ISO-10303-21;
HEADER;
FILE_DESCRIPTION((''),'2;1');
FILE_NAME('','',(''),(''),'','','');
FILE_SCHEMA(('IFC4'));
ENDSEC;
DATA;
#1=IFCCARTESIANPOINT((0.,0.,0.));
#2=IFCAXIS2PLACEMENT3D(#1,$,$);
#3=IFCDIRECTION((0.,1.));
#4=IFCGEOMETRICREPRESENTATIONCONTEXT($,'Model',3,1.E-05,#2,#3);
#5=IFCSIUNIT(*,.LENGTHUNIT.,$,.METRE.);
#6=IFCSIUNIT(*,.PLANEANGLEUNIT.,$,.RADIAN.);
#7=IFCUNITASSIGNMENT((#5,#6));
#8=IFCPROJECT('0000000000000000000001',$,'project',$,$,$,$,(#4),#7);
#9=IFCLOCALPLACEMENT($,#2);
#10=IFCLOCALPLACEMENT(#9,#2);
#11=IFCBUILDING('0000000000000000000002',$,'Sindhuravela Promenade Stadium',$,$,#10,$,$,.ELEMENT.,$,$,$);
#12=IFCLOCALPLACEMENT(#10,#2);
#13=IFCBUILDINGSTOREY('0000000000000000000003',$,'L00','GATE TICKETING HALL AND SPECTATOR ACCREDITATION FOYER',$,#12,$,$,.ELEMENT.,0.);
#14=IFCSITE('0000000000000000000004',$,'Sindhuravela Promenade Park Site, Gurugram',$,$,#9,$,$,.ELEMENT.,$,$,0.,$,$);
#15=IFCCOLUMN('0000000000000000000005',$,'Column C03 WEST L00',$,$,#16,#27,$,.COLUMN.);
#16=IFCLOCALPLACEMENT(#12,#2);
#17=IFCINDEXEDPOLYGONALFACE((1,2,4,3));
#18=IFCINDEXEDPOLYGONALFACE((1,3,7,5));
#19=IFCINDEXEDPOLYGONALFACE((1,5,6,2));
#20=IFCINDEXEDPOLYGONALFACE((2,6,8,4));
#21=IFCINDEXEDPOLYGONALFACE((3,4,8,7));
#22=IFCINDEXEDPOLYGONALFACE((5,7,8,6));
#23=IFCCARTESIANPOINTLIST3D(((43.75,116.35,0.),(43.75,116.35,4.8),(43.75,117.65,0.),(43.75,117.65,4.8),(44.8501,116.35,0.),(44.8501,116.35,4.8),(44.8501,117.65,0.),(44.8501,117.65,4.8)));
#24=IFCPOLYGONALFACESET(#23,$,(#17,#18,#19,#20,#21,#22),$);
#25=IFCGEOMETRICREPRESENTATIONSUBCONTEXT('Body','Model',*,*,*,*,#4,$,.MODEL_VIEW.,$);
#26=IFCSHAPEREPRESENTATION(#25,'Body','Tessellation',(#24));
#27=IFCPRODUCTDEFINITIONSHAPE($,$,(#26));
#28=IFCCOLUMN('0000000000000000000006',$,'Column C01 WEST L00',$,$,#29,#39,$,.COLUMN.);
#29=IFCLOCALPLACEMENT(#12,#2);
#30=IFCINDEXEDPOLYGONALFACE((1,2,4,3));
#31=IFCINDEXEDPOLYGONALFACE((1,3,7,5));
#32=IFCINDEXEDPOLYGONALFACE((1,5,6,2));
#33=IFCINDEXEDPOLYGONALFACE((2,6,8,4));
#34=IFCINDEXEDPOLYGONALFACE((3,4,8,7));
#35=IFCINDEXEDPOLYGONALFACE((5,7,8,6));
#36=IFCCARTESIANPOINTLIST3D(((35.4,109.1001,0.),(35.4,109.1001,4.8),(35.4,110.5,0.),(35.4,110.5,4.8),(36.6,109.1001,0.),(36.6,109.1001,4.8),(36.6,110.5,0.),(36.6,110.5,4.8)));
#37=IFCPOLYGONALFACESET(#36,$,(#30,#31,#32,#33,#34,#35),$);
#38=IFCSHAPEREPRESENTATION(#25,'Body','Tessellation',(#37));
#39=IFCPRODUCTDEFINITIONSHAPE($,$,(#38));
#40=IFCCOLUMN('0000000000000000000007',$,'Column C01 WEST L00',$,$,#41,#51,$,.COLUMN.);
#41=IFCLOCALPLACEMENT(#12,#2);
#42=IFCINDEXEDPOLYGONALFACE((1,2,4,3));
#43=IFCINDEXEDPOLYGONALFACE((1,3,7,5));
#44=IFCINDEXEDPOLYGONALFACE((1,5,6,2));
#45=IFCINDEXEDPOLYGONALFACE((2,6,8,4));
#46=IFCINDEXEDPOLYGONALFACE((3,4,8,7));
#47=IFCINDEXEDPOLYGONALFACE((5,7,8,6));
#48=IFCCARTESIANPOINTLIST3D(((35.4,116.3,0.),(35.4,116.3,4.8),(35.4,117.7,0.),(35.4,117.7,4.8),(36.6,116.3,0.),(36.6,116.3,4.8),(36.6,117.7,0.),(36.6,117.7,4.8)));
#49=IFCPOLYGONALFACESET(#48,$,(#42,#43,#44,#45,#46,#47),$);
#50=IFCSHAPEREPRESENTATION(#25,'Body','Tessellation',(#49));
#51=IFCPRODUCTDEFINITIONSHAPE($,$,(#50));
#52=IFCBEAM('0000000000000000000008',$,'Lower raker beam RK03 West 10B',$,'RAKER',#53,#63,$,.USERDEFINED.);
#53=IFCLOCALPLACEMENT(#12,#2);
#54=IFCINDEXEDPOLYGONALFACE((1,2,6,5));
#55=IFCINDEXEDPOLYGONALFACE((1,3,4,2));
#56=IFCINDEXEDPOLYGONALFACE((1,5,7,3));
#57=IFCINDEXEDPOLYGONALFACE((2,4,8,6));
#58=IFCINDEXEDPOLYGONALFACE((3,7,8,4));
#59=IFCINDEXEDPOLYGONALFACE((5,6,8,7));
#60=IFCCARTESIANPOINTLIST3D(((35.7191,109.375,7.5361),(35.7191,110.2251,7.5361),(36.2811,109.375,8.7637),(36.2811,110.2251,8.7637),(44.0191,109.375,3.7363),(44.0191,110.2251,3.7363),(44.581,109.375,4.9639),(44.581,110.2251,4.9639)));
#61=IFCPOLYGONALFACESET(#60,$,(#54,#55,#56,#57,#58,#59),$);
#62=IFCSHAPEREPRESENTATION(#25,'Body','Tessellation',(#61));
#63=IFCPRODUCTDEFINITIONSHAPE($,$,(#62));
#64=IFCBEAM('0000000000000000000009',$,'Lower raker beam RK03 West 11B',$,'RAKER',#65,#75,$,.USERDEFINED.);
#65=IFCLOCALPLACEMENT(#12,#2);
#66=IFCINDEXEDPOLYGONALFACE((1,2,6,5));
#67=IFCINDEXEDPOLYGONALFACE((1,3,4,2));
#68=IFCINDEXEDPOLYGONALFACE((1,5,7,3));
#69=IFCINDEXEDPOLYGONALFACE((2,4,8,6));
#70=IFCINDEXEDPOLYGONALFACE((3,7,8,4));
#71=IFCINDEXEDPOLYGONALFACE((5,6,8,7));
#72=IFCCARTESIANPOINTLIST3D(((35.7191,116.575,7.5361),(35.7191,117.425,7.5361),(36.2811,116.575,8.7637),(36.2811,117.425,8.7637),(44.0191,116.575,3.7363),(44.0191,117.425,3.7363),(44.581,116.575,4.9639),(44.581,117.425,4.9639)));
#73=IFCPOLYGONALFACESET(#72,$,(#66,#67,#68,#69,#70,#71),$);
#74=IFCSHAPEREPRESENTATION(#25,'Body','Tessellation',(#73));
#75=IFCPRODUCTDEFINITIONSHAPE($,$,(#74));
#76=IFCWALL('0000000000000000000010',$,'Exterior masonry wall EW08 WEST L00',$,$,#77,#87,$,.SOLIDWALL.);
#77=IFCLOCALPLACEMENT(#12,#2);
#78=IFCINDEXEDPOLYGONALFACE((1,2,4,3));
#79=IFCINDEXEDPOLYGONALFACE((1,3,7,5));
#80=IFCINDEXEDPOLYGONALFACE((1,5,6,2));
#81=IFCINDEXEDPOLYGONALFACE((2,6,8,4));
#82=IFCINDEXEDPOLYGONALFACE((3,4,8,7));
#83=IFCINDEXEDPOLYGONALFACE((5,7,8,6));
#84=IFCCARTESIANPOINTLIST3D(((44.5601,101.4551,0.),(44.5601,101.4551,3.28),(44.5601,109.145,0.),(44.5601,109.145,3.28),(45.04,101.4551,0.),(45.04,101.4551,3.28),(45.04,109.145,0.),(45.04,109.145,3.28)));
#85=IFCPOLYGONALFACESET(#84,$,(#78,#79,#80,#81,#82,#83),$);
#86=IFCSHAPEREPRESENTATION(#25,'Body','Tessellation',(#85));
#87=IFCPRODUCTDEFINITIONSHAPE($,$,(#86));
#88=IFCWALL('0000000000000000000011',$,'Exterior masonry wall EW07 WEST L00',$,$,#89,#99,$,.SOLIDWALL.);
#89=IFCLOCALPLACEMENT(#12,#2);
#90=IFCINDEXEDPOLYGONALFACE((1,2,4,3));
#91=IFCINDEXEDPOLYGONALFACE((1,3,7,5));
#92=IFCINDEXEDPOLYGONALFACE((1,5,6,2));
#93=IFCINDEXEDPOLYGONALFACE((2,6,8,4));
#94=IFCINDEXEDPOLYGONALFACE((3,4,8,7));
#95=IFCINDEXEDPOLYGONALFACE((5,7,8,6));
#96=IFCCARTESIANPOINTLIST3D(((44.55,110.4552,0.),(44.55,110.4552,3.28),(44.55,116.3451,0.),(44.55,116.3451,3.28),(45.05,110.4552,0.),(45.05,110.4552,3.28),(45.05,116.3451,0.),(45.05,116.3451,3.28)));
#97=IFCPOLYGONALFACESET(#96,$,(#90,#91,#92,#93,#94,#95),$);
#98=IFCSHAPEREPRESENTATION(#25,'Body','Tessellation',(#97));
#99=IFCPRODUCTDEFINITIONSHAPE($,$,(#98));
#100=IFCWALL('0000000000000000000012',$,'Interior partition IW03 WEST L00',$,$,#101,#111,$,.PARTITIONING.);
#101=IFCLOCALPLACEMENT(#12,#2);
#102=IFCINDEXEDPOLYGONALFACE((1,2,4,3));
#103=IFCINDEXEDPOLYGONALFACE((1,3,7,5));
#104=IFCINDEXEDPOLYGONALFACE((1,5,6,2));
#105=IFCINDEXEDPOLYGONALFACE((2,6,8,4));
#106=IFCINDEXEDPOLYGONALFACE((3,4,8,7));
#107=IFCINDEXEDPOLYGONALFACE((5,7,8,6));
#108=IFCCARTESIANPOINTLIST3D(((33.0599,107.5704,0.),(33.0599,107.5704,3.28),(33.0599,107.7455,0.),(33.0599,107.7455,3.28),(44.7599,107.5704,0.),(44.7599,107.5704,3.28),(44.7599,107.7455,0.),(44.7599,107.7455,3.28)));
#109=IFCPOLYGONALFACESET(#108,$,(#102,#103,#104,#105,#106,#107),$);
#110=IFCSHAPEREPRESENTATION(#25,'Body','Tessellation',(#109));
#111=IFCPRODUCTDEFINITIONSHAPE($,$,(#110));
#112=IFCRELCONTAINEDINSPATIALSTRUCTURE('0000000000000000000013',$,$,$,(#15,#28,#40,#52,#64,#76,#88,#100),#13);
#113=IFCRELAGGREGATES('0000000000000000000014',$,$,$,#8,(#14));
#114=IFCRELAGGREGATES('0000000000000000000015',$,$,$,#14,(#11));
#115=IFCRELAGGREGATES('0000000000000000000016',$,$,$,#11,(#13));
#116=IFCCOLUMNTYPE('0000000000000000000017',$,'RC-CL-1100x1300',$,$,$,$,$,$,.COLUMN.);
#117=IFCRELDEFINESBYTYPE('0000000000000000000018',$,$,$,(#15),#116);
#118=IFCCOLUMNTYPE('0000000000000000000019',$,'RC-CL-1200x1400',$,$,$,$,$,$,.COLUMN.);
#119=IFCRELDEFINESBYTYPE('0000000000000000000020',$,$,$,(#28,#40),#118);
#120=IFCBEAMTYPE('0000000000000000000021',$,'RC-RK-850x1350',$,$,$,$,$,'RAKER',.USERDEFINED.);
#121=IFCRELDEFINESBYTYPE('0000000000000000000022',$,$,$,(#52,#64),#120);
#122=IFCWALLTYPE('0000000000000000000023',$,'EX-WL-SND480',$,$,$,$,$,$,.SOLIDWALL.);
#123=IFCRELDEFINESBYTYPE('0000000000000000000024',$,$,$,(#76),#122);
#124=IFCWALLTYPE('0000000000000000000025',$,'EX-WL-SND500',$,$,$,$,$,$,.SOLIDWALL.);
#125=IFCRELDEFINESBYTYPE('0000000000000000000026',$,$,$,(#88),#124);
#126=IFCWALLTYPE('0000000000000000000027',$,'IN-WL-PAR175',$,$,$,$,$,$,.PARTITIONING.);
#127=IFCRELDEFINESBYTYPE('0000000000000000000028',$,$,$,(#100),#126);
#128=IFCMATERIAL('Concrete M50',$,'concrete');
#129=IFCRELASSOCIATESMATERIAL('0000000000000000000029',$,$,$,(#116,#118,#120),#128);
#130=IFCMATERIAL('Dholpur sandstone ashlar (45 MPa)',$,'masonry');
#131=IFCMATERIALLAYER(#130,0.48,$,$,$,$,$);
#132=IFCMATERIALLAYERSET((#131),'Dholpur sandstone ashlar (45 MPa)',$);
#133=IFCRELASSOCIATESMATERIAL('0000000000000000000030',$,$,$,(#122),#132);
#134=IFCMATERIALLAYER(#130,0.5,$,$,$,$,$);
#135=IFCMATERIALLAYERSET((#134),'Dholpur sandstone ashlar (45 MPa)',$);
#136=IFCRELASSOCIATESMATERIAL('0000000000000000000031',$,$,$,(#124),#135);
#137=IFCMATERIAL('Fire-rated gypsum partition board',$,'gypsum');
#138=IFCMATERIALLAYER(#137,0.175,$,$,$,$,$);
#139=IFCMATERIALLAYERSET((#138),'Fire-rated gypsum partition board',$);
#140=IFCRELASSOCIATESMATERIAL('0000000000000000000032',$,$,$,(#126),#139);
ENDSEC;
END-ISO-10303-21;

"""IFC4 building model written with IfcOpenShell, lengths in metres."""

from ifc_helpers import new_model, si_unit, direction, frame, frame_2d, origin, origin_2d, place, context, subcontext, project, spatial, rectangle, extrude, material, layer, layer_set, material_profile, profile_set, type_object, element, save


model = new_model("IFC4")

# Units and contexts
model_context = context("Model", 3, precision=1e-05, world=origin(), true_north=direction((0.0, 1.0)))
body_context = subcontext(model_context, "Body", "Model", "MODEL_VIEW")
ifc_project = project(units=[si_unit("LENGTHUNIT", "METRE"), si_unit("PLANEANGLEUNIT", "RADIAN")], contexts=[model_context])

# Site, building, storey
site_placement = place(None, origin())
site = spatial("IfcSite", under=ifc_project, at=site_placement, Name="Sindhuravela Promenade Park Site, Gurugram", CompositionType="ELEMENT", RefElevation=0.0)
building_placement = place(site_placement, origin())
building = spatial("IfcBuilding", under=site, at=building_placement, Name="Sindhuravela Promenade Stadium", CompositionType="ELEMENT")
storey_placement = place(building_placement, origin())
storey = spatial("IfcBuildingStorey", under=building, at=storey_placement, Name="L00", Description="GATE TICKETING HALL AND SPECTATOR ACCREDITATION FOYER", CompositionType="ELEMENT", Elevation=0.0)

# Shared definitions
ifc_material_1 = material(Name="Concrete M50", Category="concrete")

# Columns
ifc_material_profile_1 = material_profile(ifc_material_1, rectangle(XDim=1.1001, YDim=1.3, at=origin_2d()), Name="RC 1100x1300")
ifc_profile_set_1 = profile_set([ifc_material_profile_1], Name="Concrete M50")
column_type_1 = type_object("IfcColumnType", Name="RC-CL-1100x1300", PredefinedType="COLUMN", material=ifc_profile_set_1)
for number, where, z_axis, x_axis, name in (
    (1, (44.3, 117.0, 0.0), (0.0, 0.0, 1.0), (1.0, 0.0, 0.0), "Column C03 WEST L00"),
):
    element("IfcColumn", number, at=place(storey_placement, frame(where, z_axis=z_axis, x_axis=x_axis)), inside=storey, type_object=column_type_1, Name=name, PredefinedType="COLUMN", context=body_context, shape_type="SweptSolid", body=[
        extrude(rectangle(XDim=1.1001, YDim=1.3, at=origin_2d()), origin(), (0.0, 0.0, 1.0), 4.8),
    ])
ifc_material_profile_2 = material_profile(ifc_material_1, rectangle(XDim=1.2, YDim=1.3999, at=origin_2d()), Name="RC 1200x1400")
ifc_profile_set_2 = profile_set([ifc_material_profile_2], Name="Concrete M50")
column_type_2 = type_object("IfcColumnType", Name="RC-CL-1200x1400", PredefinedType="COLUMN", material=ifc_profile_set_2)
for number, where, z_axis, x_axis, name in (
    (2, (36.0, 109.8, 0.0), (0.0, 0.0, 1.0), (1.0, 0.0, 0.0), "Column C01 WEST L00"),
    (3, (36.0, 117.0, 0.0), (0.0, 0.0, 1.0), (1.0, 0.0, 0.0), "Column C01 WEST L00"),
):
    element("IfcColumn", number, at=place(storey_placement, frame(where, z_axis=z_axis, x_axis=x_axis)), inside=storey, type_object=column_type_2, Name=name, PredefinedType="COLUMN", context=body_context, shape_type="SweptSolid", body=[
        extrude(rectangle(XDim=1.2, YDim=1.3999, at=origin_2d()), origin(), (0.0, 0.0, 1.0), 4.8),
    ])

# Beams
ifc_material_profile_3 = material_profile(ifc_material_1, rectangle(XDim=0.8501, YDim=1.3501, at=origin_2d()), Name="RC 850x1350")
ifc_profile_set_3 = profile_set([ifc_material_profile_3], Name="Concrete M50")
beam_type = type_object("IfcBeamType", Name="RC-RK-850x1350", ElementType="RAKER", PredefinedType="USERDEFINED", material=ifc_profile_set_3)
for number, where, z_axis, x_axis, name in (
    (4, (44.3, 109.8, 4.3501), (-0.909247, 0.0, 0.416258), (0.0, -1.0, 0.0), "Lower raker beam RK03 West 10B"),
    (5, (44.3, 117.0, 4.3501), (-0.909247, 0.0, 0.416258), (0.0, -1.0, 0.0), "Lower raker beam RK03 West 11B"),
):
    element("IfcBeam", number, at=place(storey_placement, frame(where, z_axis=z_axis, x_axis=x_axis)), inside=storey, type_object=beam_type, Name=name, ObjectType="RAKER", PredefinedType="USERDEFINED", context=body_context, shape_type="SweptSolid", body=[
        extrude(rectangle(XDim=0.8501, YDim=1.3501, at=origin_2d()), origin(), (0.0, 0.0, 1.0), 9.1284),
    ])

# Walls
ifc_material_2 = material(Name="Dholpur sandstone ashlar (45 MPa)", Category="masonry")
ifc_layer_1 = layer(ifc_material_2, 0.48)
ifc_layer_set_1 = layer_set([ifc_layer_1], Name="Dholpur sandstone ashlar (45 MPa)")
wall_type_1 = type_object("IfcWallType", Name="EX-WL-SND480", PredefinedType="SOLIDWALL", material=ifc_layer_set_1)
wall_1_placement = place(storey_placement, frame((44.8, 109.145, 0.0), z_axis=(0.0, 0.0, 1.0), x_axis=(0.0, -1.0, 0.0)))
element("IfcWall", 6, at=wall_1_placement, inside=storey, type_object=wall_type_1, Name="Exterior masonry wall EW08 WEST L00", PredefinedType="SOLIDWALL", context=body_context, shape_type="SweptSolid", body=[
    extrude(rectangle(XDim=7.6899, YDim=0.48, at=frame_2d((3.845, 0.0))), origin(), (0.0, 0.0, 1.0), 3.28),
])
ifc_layer_2 = layer(ifc_material_2, 0.5)
ifc_layer_set_2 = layer_set([ifc_layer_2], Name="Dholpur sandstone ashlar (45 MPa)")
wall_type_2 = type_object("IfcWallType", Name="EX-WL-SND500", PredefinedType="SOLIDWALL", material=ifc_layer_set_2)
wall_2_placement = place(storey_placement, frame((44.8, 116.345, 0.0), z_axis=(0.0, 0.0, 1.0), x_axis=(0.0, -1.0, 0.0)))
element("IfcWall", 7, at=wall_2_placement, inside=storey, type_object=wall_type_2, Name="Exterior masonry wall EW07 WEST L00", PredefinedType="SOLIDWALL", context=body_context, shape_type="SweptSolid", body=[
    extrude(rectangle(XDim=5.8899, YDim=0.5, at=frame_2d((2.9448, 0.0))), origin(), (0.0, 0.0, 1.0), 3.28),
])
ifc_material_3 = material(Name="Fire-rated gypsum partition board", Category="gypsum")
ifc_layer_3 = layer(ifc_material_3, 0.175)
ifc_layer_set_3 = layer_set([ifc_layer_3], Name="Fire-rated gypsum partition board")
wall_type_3 = type_object("IfcWallType", Name="IN-WL-PAR175", PredefinedType="PARTITIONING", material=ifc_layer_set_3)
wall_3_placement = place(storey_placement, frame((44.76, 107.658, 0.0), z_axis=(0.0, 0.0, 1.0), x_axis=(-1.0, 0.0, 0.0)))
element("IfcWall", 8, at=wall_3_placement, inside=storey, type_object=wall_type_3, Name="Interior partition IW03 WEST L00", PredefinedType="PARTITIONING", context=body_context, shape_type="SweptSolid", body=[
    extrude(rectangle(XDim=11.7, YDim=0.175, at=frame_2d((5.8501, 0.0))), origin(), (0.0, 0.0, 1.0), 3.28),
])

save(model, "model.ifc")
